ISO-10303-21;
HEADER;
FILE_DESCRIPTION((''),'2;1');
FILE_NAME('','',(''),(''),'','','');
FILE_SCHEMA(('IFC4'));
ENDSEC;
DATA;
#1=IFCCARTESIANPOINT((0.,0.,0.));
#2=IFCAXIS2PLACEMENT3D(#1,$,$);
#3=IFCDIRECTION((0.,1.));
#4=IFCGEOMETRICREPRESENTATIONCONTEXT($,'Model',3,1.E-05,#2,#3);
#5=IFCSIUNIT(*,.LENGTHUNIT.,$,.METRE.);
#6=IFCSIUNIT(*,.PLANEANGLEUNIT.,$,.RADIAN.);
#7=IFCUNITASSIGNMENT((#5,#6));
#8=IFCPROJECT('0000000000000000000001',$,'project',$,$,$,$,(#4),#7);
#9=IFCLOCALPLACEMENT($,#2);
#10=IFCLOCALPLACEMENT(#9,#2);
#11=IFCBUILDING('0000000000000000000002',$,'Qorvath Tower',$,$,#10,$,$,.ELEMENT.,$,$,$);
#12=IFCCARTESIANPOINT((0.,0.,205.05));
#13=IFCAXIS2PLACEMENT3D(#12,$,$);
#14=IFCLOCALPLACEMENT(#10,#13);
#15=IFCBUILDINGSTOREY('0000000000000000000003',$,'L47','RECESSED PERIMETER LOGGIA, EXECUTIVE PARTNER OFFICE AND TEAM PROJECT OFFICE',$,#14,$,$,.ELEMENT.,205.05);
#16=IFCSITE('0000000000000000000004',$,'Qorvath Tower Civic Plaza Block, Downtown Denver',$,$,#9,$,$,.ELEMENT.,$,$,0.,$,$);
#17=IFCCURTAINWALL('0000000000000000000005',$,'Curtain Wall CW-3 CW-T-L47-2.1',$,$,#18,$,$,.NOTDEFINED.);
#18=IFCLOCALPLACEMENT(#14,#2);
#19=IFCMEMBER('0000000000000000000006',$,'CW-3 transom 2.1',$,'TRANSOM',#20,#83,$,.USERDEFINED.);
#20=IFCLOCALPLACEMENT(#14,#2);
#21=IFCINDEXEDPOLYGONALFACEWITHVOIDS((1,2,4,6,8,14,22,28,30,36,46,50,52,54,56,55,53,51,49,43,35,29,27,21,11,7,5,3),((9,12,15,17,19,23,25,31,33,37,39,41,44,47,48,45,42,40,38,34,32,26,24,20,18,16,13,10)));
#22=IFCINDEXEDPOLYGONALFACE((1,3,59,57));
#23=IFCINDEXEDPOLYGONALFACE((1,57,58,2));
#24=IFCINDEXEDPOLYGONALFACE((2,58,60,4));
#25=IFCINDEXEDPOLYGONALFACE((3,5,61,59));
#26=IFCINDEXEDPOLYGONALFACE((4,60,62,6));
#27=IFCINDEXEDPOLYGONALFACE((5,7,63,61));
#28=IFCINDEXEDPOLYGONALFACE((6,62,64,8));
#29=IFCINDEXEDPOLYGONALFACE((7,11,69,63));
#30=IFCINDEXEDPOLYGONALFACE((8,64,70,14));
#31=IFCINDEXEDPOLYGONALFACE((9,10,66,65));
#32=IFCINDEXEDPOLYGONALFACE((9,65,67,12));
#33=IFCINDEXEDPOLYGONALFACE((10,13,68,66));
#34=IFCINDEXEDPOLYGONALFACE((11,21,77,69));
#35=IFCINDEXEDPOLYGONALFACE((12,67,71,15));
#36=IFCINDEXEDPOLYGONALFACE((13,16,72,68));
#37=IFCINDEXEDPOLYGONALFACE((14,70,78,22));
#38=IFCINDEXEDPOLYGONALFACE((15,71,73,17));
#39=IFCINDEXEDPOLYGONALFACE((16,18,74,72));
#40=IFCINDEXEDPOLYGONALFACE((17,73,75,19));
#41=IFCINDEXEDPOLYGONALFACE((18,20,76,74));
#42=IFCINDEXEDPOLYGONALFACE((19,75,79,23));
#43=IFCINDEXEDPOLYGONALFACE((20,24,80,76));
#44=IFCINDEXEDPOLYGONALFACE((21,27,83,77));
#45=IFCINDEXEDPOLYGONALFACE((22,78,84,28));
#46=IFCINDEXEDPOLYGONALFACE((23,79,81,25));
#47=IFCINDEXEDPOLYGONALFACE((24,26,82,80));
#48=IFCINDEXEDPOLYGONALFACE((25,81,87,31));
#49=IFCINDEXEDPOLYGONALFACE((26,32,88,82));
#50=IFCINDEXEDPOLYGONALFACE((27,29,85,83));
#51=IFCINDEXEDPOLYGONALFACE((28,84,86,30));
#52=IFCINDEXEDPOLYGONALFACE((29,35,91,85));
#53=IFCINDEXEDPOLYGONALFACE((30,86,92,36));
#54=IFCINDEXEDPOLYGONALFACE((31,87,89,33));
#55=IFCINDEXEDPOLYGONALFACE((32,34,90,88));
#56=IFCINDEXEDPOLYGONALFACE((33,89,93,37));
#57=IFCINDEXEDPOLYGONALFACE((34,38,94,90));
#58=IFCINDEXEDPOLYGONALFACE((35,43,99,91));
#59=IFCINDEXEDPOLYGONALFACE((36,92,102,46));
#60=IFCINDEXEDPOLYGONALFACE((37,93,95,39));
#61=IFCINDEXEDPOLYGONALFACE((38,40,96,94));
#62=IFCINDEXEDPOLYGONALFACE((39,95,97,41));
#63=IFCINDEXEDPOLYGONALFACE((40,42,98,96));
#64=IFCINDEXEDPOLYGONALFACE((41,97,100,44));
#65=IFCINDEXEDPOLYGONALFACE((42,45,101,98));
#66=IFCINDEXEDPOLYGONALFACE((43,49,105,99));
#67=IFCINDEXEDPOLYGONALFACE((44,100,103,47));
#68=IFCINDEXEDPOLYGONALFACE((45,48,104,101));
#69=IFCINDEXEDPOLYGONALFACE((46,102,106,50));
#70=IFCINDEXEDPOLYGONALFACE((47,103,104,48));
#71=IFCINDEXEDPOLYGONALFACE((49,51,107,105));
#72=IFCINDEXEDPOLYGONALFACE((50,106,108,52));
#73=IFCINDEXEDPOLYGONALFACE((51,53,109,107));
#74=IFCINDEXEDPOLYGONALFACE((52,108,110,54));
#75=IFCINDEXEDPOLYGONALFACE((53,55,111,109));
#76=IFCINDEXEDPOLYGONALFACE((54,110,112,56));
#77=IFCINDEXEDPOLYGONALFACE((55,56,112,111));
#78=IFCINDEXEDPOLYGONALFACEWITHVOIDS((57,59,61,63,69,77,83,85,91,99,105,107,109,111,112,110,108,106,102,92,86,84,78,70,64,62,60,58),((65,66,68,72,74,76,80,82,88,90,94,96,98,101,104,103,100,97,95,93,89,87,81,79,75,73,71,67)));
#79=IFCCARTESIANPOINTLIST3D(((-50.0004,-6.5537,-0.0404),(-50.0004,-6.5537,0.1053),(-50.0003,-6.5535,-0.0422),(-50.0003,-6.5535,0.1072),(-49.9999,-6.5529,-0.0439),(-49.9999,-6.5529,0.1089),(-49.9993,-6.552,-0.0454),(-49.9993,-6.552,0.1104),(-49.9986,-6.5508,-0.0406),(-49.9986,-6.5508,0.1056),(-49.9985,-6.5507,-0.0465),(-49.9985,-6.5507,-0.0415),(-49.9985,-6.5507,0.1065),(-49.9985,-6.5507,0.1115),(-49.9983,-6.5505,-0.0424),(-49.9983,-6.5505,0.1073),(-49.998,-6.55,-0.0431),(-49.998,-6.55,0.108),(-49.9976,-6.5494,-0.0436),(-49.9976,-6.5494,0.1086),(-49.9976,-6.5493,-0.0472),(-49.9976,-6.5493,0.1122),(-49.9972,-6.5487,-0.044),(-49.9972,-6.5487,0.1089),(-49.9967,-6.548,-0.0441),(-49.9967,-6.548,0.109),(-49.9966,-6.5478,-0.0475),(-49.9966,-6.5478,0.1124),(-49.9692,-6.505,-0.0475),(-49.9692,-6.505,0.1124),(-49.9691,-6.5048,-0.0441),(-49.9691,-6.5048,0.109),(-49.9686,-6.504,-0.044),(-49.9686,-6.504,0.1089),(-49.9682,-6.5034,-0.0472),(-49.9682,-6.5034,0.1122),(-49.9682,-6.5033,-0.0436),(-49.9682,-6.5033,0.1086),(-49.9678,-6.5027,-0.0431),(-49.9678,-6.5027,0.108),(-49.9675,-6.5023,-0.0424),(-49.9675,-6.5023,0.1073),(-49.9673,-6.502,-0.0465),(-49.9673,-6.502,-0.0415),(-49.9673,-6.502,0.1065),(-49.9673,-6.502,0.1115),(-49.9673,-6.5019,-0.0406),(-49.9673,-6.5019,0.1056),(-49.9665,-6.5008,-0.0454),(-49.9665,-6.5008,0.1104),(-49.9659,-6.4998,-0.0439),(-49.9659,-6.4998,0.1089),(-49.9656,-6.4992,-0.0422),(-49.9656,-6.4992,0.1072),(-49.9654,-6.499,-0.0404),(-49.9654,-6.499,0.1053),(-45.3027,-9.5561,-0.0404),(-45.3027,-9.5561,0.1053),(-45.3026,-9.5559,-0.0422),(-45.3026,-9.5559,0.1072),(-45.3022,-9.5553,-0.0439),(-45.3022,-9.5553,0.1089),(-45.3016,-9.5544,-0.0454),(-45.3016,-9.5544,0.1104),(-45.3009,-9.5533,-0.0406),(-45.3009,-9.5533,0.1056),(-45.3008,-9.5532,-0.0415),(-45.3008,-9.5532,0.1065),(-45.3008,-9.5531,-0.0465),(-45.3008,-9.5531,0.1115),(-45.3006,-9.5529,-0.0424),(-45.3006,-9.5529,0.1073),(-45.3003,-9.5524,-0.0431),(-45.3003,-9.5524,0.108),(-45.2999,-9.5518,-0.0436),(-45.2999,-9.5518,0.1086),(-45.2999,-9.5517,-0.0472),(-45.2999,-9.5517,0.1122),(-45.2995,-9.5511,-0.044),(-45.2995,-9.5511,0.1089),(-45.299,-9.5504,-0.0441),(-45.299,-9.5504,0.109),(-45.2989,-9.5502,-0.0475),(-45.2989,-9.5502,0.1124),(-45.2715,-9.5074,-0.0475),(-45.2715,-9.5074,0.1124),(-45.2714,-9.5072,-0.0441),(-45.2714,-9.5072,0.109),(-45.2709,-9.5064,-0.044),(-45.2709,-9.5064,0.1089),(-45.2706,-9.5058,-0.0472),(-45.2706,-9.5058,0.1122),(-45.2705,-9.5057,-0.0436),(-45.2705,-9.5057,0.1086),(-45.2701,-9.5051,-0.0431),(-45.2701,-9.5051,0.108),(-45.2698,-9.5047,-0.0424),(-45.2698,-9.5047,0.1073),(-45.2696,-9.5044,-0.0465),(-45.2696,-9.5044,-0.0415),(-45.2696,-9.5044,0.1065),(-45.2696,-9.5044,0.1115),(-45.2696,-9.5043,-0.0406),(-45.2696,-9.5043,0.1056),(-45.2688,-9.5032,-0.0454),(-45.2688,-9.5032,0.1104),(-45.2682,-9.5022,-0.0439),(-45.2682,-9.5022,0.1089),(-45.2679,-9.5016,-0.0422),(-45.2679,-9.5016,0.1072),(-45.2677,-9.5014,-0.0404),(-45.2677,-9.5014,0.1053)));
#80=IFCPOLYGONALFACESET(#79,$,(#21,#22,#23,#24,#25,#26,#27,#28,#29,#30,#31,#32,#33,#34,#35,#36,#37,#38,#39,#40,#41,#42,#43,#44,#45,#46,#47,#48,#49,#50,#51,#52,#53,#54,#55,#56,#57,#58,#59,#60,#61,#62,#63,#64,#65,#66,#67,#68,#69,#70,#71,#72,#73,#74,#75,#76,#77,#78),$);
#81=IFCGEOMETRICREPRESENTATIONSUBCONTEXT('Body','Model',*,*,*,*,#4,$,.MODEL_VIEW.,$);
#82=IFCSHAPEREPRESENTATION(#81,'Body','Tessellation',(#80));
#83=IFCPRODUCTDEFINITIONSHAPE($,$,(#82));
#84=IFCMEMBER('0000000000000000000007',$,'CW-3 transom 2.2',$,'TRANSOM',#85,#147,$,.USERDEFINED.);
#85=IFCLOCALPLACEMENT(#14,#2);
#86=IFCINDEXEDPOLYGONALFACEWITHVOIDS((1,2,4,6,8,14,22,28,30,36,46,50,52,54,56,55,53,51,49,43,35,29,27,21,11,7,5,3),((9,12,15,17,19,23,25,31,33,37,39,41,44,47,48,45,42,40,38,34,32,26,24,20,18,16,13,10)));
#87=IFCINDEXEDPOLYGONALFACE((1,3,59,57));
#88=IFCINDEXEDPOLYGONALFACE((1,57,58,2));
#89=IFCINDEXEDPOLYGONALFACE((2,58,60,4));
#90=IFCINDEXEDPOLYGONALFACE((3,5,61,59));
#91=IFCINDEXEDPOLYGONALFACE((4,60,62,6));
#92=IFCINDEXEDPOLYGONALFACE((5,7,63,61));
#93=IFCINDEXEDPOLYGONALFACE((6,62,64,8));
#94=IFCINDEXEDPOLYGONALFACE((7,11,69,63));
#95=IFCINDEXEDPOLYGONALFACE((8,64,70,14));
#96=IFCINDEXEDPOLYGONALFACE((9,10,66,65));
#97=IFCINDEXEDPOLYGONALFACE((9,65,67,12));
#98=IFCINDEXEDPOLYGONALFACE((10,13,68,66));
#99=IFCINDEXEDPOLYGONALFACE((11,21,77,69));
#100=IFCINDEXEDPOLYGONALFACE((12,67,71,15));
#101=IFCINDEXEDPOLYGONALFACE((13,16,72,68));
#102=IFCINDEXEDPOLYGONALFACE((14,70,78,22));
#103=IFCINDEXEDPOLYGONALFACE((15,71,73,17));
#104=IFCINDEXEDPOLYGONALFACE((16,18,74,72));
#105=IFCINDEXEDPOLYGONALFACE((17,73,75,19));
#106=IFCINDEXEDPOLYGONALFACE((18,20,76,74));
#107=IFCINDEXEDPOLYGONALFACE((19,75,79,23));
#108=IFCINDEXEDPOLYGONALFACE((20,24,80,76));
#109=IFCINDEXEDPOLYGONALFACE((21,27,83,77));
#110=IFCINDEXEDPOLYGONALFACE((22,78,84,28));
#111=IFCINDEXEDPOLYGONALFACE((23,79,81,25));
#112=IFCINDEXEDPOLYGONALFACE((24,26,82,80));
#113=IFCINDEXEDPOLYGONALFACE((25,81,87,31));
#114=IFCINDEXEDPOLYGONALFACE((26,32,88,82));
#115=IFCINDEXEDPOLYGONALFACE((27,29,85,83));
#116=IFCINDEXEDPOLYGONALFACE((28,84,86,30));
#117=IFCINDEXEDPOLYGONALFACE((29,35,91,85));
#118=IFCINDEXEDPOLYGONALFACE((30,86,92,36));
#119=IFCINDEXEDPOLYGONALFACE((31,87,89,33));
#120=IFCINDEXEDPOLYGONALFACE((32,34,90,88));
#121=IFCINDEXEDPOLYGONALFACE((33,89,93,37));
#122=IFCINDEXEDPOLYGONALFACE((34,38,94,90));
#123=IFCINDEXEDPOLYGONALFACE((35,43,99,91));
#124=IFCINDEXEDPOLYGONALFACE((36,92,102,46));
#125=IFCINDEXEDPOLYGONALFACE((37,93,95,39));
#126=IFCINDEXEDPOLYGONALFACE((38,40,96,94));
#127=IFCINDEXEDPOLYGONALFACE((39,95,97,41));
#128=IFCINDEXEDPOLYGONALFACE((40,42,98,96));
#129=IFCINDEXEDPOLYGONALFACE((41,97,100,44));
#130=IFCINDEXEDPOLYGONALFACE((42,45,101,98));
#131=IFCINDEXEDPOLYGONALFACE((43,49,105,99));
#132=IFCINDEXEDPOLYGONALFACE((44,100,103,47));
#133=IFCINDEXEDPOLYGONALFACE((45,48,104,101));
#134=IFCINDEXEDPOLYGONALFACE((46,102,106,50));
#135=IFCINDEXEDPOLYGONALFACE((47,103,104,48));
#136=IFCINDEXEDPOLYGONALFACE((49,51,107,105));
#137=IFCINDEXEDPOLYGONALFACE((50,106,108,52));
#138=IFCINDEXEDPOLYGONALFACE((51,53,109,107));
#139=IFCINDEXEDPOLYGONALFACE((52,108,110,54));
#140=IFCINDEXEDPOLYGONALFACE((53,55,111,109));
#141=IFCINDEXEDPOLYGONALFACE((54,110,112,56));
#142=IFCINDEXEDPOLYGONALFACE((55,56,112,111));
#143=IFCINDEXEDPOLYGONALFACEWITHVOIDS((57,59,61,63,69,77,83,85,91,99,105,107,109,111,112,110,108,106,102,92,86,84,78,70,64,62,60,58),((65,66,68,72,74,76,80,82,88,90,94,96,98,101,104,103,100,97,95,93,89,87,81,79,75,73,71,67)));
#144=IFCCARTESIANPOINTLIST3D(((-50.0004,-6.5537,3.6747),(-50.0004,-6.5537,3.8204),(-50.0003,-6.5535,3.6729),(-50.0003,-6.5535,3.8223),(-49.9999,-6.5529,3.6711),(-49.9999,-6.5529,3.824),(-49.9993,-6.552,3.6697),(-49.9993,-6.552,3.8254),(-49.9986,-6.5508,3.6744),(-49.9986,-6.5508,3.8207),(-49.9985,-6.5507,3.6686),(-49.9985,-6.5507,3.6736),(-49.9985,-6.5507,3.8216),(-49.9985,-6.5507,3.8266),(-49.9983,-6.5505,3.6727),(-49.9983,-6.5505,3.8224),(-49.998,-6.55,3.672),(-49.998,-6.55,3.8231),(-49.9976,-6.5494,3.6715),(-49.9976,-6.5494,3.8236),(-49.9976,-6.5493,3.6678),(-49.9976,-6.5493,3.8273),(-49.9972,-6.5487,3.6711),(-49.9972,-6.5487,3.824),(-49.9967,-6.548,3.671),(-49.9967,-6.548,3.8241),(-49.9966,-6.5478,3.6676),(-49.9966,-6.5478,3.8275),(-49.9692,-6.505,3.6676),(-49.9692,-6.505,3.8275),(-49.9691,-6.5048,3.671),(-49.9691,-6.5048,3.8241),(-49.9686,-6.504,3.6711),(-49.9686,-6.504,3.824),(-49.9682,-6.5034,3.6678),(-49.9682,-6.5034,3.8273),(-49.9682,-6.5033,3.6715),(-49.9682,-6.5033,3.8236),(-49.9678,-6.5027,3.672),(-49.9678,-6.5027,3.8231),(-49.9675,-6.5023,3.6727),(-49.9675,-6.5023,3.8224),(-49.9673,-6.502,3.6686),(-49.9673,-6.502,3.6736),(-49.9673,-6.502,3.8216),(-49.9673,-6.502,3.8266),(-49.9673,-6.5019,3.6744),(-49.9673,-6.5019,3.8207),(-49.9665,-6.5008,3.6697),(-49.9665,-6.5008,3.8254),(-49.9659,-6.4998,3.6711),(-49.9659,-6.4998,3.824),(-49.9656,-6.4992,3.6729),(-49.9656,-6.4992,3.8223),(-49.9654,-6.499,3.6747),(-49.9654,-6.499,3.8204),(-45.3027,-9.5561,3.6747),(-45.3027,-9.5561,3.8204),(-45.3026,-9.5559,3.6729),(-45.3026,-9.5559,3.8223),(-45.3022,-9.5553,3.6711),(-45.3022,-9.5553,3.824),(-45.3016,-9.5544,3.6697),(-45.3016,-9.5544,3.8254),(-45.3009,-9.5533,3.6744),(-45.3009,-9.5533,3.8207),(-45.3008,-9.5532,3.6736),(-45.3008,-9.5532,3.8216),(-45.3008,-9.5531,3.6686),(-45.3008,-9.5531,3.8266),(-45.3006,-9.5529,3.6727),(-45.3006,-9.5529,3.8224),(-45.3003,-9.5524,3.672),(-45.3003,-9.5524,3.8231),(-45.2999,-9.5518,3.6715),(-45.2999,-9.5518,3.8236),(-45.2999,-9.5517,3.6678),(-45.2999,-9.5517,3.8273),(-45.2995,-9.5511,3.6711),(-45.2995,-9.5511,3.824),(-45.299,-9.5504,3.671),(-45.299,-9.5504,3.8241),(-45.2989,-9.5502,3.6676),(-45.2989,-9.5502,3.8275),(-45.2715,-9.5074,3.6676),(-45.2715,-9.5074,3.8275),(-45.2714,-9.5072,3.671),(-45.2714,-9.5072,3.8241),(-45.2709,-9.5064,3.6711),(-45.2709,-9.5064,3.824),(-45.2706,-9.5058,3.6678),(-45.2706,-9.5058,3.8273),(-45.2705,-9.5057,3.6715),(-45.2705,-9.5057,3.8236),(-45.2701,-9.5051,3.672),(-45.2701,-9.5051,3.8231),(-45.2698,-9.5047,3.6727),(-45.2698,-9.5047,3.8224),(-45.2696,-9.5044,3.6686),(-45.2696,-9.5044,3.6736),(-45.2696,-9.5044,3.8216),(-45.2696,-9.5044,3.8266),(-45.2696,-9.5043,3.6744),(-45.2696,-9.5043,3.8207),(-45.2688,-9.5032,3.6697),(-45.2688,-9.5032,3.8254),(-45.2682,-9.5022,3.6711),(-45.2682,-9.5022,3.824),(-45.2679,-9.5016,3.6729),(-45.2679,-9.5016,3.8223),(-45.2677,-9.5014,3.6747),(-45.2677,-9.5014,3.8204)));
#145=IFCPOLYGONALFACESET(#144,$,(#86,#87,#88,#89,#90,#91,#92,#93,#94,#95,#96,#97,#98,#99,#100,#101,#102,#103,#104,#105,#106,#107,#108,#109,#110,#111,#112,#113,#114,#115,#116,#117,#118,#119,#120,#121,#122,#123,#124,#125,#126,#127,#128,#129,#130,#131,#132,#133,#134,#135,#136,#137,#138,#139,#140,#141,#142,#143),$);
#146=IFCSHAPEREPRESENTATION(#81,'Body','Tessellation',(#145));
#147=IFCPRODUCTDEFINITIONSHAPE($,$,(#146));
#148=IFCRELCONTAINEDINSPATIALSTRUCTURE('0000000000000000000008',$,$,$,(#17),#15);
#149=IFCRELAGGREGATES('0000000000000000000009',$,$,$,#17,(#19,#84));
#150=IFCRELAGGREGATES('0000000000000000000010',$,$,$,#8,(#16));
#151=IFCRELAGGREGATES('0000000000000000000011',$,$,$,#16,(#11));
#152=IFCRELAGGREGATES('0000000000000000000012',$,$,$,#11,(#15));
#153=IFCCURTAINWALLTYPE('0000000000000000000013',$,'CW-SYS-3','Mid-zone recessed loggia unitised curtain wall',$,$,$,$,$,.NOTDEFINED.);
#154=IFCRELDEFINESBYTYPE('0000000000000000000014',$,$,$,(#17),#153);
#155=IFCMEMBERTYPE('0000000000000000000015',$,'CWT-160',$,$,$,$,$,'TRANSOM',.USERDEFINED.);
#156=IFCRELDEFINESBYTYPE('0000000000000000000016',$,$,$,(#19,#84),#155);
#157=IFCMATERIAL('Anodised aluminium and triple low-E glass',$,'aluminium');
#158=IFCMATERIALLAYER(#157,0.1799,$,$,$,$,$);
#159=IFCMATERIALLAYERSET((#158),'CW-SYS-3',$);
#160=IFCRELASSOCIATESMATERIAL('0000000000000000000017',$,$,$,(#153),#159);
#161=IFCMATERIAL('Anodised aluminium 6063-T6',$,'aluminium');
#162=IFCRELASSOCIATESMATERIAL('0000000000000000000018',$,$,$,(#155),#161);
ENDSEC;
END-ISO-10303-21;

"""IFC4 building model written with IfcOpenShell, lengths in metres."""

from ifc_helpers import new_model, si_unit, direction, frame, origin, origin_2d, place, context, subcontext, project, spatial, hollow_rectangle, extrude, material, layer, layer_set, material_profile, profile_set, type_object, element, aggregate, save


model = new_model("IFC4")

# Units and contexts
model_context = context("Model", 3, precision=1e-05, world=origin(), true_north=direction((0.0, 1.0)))
body_context = subcontext(model_context, "Body", "Model", "MODEL_VIEW")
ifc_project = project(units=[si_unit("LENGTHUNIT", "METRE"), si_unit("PLANEANGLEUNIT", "RADIAN")], contexts=[model_context])

# Site, building, storey
site_placement = place(None, origin())
site = spatial("IfcSite", under=ifc_project, at=site_placement, Name="Qorvath Tower Civic Plaza Block, Downtown Denver", CompositionType="ELEMENT", RefElevation=0.0)
building_placement = place(site_placement, origin())
building = spatial("IfcBuilding", under=site, at=building_placement, Name="Qorvath Tower", CompositionType="ELEMENT")
storey_placement = place(building_placement, frame((0.0, 0.0, 205.05)))
storey = spatial("IfcBuildingStorey", under=building, at=storey_placement, Name="L47", Description="RECESSED PERIMETER LOGGIA, EXECUTIVE PARTNER OFFICE AND TEAM PROJECT OFFICE", CompositionType="ELEMENT", Elevation=205.05)

# Curtain wall, members
ifc_material_1 = material(Name="Anodised aluminium and triple low-E glass", Category="aluminium")
ifc_layer_1 = layer(ifc_material_1, 0.1799)
ifc_layer_set_1 = layer_set([ifc_layer_1], Name="CW-SYS-3")
curtain_wall_type = type_object("IfcCurtainWallType", Name="CW-SYS-3", Description="Mid-zone recessed loggia unitised curtain wall", PredefinedType="NOTDEFINED", material=ifc_layer_set_1)
curtain_wall_placement = place(storey_placement, origin())
curtain_wall = element("IfcCurtainWall", 1, at=curtain_wall_placement, inside=storey, type_object=curtain_wall_type, Name="Curtain Wall CW-3 CW-T-L47-2.1", PredefinedType="NOTDEFINED")
ifc_material_2 = material(Name="Anodised aluminium 6063-T6", Category="aluminium")
ifc_material_profile_1 = material_profile(ifc_material_2, hollow_rectangle(XDim=0.0649, YDim=0.1599, WallThickness=0.0034, InnerFilletRadius=0.0034, OuterFilletRadius=0.0071, at=origin_2d()), Name="CWT 160x65")
ifc_profile_set_1 = profile_set([ifc_material_profile_1], Name="Anodised aluminium 6063-T6")
member_type_1 = type_object("IfcMemberType", Name="CWT-160", ElementType="TRANSOM", PredefinedType="USERDEFINED", material=ifc_profile_set_1)
member_1_placement = place(storey_placement, frame((-49.9829, -6.5264, 0.0325), z_axis=(0.842607, -0.538529, 0.0), x_axis=(0.538529, 0.842607, 0.0)))
member_1 = element("IfcMember", 2, at=member_1_placement, type_object=member_type_1, Name="CW-3 transom 2.1", ObjectType="TRANSOM", PredefinedType="USERDEFINED", context=body_context, shape_type="SweptSolid", body=[
    extrude(hollow_rectangle(XDim=0.0649, YDim=0.1599, WallThickness=0.0034, InnerFilletRadius=0.0034, OuterFilletRadius=0.0071, at=origin_2d()), origin(), (0.0, 0.0, 1.0), 5.5752),
])
member_2_placement = place(storey_placement, frame((-49.9829, -6.5264, 3.7476), z_axis=(0.842607, -0.538529, 0.0), x_axis=(0.538529, 0.842607, 0.0)))
member_2 = element("IfcMember", 3, at=member_2_placement, type_object=member_type_1, Name="CW-3 transom 2.2", ObjectType="TRANSOM", PredefinedType="USERDEFINED", context=body_context, shape_type="SweptSolid", body=[
    extrude(hollow_rectangle(XDim=0.0649, YDim=0.1599, WallThickness=0.0034, InnerFilletRadius=0.0034, OuterFilletRadius=0.0071, at=origin_2d()), origin(), (0.0, 0.0, 1.0), 5.5752),
])
aggregate(curtain_wall, [member_1, member_2])

save(model, "model.ifc")
